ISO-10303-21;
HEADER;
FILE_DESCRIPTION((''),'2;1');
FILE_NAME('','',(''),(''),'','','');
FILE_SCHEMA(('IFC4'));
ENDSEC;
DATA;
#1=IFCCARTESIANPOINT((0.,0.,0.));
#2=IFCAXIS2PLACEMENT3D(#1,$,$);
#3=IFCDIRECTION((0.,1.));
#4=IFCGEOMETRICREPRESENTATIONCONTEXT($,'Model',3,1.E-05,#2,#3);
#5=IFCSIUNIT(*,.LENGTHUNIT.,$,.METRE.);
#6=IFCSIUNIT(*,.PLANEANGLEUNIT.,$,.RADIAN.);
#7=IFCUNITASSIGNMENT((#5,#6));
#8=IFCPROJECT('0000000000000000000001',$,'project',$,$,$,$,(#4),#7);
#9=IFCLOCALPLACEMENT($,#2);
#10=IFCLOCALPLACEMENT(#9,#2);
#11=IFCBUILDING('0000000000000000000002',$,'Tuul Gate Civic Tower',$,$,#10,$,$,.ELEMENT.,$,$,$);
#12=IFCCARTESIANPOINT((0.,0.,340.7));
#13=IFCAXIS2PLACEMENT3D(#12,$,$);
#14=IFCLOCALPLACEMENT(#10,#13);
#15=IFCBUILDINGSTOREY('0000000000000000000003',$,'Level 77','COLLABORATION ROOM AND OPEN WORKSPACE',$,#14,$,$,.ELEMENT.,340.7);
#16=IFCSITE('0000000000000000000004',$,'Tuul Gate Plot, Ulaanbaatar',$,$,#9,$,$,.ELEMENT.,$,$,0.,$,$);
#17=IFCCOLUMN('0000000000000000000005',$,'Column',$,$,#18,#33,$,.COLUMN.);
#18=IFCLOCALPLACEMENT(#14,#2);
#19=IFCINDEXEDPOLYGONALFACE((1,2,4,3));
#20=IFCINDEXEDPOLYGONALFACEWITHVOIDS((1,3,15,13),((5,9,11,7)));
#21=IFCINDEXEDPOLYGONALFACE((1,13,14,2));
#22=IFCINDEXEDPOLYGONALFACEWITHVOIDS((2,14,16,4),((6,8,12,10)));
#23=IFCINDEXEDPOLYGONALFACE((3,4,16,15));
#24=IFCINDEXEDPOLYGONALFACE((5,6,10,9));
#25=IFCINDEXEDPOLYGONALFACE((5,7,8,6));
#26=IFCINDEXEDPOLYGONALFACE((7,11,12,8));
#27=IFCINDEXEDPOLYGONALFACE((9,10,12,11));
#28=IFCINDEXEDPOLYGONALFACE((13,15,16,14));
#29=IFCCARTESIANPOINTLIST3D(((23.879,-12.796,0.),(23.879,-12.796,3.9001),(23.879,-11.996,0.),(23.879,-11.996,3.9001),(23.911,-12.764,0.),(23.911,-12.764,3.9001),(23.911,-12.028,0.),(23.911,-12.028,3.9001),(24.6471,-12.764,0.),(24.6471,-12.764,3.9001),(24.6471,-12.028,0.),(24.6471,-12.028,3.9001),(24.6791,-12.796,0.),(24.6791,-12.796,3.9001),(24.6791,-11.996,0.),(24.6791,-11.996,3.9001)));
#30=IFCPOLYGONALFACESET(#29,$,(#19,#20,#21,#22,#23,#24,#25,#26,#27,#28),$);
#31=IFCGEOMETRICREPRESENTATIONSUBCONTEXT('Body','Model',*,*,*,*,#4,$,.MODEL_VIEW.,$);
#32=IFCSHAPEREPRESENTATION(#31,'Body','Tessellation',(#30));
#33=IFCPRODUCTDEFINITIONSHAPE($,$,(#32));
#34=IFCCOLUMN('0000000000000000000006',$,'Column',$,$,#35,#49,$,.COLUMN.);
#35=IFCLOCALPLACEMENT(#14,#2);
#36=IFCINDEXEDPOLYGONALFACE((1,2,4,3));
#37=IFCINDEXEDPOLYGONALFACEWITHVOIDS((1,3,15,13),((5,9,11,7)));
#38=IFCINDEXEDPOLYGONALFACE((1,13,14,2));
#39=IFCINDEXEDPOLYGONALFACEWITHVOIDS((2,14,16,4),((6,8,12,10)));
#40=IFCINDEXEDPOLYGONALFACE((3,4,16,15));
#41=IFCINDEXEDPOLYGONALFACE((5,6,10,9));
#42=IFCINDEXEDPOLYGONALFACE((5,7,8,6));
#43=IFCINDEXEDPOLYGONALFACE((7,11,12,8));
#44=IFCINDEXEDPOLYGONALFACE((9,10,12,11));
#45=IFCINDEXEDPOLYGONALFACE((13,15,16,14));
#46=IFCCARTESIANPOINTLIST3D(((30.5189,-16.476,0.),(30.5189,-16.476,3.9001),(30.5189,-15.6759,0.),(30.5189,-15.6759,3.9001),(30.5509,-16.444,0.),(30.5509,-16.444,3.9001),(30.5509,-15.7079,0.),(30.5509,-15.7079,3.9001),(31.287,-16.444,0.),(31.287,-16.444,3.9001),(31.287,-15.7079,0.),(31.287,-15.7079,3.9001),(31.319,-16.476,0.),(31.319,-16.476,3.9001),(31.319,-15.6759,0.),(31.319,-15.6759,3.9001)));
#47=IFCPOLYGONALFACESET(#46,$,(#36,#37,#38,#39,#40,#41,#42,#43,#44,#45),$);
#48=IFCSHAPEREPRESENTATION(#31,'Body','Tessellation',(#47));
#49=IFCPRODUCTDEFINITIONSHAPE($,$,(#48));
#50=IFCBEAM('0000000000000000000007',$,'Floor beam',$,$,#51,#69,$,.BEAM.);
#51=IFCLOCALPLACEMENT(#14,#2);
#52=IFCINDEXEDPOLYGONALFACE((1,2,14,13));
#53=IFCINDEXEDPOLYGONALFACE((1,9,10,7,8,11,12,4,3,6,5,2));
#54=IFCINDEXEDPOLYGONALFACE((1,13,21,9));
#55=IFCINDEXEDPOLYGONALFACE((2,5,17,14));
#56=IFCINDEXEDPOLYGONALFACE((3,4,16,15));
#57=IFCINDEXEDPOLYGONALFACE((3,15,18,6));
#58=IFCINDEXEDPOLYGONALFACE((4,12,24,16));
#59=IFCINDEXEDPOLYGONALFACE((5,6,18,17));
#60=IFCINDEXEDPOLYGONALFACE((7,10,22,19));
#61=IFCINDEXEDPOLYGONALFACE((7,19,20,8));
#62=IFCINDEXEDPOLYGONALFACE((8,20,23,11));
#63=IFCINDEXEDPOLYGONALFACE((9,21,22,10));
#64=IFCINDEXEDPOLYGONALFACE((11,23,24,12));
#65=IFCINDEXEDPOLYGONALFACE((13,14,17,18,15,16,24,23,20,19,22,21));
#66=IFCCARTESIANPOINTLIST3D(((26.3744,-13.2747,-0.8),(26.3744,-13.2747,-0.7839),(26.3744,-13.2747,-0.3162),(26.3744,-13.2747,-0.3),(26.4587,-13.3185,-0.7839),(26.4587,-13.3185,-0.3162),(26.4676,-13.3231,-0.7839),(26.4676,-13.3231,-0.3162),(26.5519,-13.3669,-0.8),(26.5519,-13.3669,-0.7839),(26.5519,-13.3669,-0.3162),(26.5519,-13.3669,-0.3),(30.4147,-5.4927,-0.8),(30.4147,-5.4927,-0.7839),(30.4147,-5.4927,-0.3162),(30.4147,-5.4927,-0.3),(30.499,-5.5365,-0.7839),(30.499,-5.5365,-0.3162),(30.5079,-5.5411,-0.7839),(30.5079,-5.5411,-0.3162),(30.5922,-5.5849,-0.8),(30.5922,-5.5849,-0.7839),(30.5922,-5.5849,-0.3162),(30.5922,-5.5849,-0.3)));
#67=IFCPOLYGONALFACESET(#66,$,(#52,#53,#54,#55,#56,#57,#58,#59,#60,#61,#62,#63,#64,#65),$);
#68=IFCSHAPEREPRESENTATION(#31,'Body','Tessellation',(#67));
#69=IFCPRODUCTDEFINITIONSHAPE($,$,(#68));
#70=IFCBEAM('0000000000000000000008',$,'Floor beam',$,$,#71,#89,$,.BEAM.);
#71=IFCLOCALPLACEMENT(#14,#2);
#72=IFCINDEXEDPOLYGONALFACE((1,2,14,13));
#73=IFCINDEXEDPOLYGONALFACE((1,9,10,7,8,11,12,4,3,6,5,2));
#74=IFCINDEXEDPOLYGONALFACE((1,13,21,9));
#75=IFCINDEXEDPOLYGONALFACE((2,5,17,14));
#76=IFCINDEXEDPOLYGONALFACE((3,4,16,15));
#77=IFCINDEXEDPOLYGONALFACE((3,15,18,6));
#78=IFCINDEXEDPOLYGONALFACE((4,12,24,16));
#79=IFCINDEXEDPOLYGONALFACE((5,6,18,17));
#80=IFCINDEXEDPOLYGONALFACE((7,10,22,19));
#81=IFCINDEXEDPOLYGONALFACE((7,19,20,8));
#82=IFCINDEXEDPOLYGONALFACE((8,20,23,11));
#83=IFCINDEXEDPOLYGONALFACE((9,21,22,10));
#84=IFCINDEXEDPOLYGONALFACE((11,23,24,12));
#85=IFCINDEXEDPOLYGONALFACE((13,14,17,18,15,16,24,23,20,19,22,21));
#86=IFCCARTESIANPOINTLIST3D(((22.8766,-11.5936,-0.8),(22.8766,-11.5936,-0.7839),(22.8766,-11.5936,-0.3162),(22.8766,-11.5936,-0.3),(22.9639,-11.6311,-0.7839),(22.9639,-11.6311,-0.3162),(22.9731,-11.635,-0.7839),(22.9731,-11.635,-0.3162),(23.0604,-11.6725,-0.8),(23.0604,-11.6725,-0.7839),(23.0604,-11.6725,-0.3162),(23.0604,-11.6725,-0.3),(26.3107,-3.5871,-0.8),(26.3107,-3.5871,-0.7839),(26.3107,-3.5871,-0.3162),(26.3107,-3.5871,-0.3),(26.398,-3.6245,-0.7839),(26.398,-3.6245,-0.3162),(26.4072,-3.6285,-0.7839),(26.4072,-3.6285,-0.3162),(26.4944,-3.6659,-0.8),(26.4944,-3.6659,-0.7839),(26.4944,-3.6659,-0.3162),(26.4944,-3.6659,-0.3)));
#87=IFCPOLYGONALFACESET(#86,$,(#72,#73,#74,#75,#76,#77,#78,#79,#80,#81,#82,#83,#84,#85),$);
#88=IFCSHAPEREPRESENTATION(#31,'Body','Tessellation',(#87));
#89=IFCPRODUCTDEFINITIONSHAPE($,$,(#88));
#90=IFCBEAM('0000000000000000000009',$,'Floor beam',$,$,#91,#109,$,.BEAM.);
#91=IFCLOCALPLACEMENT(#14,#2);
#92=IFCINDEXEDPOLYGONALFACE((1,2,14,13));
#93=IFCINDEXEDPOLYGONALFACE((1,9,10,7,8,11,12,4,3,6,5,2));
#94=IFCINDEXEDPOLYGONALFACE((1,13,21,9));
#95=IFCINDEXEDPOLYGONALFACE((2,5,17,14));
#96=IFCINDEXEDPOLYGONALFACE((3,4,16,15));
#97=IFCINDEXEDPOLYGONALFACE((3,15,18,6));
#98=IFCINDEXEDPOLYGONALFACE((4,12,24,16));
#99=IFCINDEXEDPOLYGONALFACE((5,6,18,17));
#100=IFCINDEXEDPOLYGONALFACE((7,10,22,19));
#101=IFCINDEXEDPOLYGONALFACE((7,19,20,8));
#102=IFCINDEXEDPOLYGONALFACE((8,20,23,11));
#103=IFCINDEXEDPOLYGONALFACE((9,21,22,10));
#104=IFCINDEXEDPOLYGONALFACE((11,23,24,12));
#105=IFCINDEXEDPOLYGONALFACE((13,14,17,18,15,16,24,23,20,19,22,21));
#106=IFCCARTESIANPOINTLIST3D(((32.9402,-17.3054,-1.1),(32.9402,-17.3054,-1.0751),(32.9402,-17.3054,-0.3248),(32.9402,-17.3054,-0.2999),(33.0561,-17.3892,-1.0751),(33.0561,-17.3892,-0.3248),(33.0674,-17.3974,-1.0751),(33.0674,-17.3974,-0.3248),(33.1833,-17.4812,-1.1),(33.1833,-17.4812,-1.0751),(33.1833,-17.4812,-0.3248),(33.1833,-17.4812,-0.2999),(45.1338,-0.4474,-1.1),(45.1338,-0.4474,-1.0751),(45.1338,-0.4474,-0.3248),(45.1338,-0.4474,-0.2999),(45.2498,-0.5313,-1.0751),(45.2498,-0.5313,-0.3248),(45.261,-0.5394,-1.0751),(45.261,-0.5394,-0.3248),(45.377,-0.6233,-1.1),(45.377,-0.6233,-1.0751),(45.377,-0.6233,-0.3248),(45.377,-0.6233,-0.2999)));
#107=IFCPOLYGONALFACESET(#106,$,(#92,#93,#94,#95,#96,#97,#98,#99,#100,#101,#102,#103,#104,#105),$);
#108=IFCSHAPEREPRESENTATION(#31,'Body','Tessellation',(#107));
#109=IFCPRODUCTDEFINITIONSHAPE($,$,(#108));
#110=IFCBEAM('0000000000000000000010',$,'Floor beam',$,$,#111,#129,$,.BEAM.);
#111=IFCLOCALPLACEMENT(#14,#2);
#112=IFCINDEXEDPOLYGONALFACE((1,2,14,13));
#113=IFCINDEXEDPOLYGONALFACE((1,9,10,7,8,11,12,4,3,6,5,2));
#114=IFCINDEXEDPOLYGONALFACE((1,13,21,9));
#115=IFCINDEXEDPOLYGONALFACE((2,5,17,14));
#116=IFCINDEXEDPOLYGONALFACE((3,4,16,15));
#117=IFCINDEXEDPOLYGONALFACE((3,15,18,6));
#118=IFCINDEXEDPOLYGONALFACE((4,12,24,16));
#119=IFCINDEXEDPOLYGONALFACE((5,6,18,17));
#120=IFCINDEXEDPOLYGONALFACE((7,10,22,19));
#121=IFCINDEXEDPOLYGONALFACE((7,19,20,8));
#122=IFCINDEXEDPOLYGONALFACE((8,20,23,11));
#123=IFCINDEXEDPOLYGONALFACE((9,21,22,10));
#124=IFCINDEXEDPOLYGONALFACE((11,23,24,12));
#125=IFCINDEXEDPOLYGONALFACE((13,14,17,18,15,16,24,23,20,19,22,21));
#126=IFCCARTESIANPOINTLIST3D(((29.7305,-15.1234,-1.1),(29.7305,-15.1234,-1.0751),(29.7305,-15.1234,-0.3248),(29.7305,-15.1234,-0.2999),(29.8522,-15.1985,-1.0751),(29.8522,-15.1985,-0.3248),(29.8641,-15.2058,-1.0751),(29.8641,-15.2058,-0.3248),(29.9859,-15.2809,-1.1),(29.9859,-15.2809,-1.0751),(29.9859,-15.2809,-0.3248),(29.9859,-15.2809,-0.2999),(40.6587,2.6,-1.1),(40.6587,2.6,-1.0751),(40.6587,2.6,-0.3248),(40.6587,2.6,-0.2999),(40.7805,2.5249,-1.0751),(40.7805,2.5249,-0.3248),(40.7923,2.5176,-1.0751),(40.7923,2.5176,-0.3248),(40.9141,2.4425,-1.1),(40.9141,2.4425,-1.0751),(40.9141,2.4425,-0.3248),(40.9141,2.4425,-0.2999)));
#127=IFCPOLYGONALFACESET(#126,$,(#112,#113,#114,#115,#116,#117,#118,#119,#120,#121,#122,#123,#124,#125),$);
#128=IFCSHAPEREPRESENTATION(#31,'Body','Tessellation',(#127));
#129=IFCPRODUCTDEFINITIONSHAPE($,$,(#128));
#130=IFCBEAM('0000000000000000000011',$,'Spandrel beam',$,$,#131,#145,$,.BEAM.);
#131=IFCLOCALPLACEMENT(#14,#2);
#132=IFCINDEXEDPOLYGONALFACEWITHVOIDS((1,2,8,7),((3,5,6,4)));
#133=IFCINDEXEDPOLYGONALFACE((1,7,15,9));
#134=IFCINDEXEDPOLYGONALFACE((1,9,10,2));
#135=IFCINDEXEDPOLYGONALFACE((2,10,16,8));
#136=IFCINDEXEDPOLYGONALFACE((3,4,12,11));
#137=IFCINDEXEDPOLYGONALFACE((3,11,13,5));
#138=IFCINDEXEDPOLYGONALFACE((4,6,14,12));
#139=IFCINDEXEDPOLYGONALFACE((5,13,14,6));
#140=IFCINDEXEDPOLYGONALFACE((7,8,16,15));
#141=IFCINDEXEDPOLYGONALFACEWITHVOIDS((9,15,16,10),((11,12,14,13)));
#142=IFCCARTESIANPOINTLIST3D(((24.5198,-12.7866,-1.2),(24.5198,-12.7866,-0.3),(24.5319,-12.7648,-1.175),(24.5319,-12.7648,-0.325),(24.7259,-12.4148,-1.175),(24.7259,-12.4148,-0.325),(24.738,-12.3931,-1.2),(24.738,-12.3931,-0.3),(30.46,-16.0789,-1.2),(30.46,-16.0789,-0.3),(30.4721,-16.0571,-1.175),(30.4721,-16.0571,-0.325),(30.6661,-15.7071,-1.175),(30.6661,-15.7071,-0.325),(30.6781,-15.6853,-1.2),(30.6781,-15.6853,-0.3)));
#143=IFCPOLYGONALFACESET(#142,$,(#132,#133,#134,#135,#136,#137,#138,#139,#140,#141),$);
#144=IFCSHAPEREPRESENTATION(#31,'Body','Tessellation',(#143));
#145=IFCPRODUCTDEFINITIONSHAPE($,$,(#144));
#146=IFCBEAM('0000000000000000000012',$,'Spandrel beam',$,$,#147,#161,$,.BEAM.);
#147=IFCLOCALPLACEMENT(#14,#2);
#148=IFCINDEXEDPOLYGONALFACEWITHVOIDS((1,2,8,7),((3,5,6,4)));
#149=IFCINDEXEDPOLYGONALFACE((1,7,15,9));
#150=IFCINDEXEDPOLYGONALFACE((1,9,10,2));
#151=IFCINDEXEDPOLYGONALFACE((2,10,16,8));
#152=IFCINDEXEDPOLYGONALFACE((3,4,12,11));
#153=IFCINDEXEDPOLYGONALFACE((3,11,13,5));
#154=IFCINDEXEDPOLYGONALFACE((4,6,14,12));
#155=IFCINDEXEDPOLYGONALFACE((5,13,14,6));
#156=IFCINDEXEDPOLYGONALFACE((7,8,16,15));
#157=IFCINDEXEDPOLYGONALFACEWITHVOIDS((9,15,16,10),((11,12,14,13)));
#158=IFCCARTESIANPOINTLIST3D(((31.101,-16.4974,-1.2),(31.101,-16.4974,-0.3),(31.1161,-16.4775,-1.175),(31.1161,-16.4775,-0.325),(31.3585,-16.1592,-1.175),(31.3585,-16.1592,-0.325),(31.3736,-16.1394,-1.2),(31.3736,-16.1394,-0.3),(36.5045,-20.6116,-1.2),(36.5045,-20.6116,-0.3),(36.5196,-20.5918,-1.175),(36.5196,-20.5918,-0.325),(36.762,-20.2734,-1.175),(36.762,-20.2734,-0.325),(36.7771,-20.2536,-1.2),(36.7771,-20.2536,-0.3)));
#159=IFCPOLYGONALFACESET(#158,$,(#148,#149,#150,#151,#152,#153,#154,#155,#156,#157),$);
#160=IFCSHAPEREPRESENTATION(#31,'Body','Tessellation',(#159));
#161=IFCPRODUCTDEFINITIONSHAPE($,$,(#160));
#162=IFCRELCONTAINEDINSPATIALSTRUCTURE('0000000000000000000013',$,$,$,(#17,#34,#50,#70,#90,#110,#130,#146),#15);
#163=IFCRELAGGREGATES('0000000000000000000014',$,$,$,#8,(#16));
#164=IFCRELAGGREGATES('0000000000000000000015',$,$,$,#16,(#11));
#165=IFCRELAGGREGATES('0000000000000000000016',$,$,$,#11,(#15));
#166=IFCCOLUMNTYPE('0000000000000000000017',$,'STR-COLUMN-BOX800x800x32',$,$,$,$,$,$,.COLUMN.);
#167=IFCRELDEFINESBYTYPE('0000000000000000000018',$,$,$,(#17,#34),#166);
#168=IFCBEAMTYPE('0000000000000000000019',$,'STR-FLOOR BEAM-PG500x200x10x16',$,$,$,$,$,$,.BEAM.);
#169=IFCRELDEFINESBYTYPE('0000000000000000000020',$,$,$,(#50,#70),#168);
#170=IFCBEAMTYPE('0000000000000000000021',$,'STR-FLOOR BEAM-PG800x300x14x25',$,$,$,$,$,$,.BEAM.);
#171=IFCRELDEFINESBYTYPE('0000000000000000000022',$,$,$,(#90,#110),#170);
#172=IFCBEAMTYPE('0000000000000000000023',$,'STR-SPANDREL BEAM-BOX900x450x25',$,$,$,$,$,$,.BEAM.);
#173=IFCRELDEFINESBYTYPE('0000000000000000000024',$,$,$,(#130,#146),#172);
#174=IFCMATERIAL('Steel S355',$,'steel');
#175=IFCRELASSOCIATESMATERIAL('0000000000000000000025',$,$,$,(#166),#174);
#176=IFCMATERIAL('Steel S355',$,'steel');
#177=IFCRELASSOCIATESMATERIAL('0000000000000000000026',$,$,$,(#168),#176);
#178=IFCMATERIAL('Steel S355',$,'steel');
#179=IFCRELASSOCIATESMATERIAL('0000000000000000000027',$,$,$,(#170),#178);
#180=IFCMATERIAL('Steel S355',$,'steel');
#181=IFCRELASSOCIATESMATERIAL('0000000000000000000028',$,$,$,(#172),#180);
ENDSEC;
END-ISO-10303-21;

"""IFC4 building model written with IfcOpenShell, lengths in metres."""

from ifc_helpers import new_model, si_unit, direction, frame, origin, origin_2d, place, context, subcontext, project, spatial, hollow_rectangle, i_section, extrude, material, material_profile, profile_set, type_object, element, save


model = new_model("IFC4")

# Units and contexts
model_context = context("Model", 3, precision=1e-05, world=origin(), true_north=direction((0.0, 1.0)))
body_context = subcontext(model_context, "Body", "Model", "MODEL_VIEW")
ifc_project = project(units=[si_unit("LENGTHUNIT", "METRE"), si_unit("PLANEANGLEUNIT", "RADIAN")], contexts=[model_context])

# Site, building, storey
site_placement = place(None, origin())
site = spatial("IfcSite", under=ifc_project, at=site_placement, Name="Tuul Gate Plot, Ulaanbaatar", CompositionType="ELEMENT", RefElevation=0.0)
building_placement = place(site_placement, origin())
building = spatial("IfcBuilding", under=site, at=building_placement, Name="Tuul Gate Civic Tower", CompositionType="ELEMENT")
storey_placement = place(building_placement, frame((0.0, 0.0, 340.7)))
storey = spatial("IfcBuildingStorey", under=building, at=storey_placement, Name="Level 77", Description="COLLABORATION ROOM AND OPEN WORKSPACE", CompositionType="ELEMENT", Elevation=340.7)

# Columns
ifc_material_1 = material(Name="Steel S355", Category="steel")
ifc_material_profile_1 = material_profile(ifc_material_1, hollow_rectangle(XDim=0.8, YDim=0.8, WallThickness=0.032, at=origin_2d()), Name="BOX800x800x32")
ifc_profile_set_1 = profile_set([ifc_material_profile_1], Name="Steel S355")
column_type = type_object("IfcColumnType", Name="STR-COLUMN-BOX800x800x32", PredefinedType="COLUMN", material=ifc_profile_set_1)
for number, where, z_axis, x_axis, name in (
    (1, (24.2791, -12.396, 0.0), (0.0, 0.0, 1.0), (1.0, 0.0, 0.0), "Column"),
    (2, (30.9189, -16.0759, 0.0), (0.0, 0.0, 1.0), (1.0, 0.0, 0.0), "Column"),
):
    element("IfcColumn", number, at=place(storey_placement, frame(where, z_axis=z_axis, x_axis=x_axis)), inside=storey, type_object=column_type, Name=name, PredefinedType="COLUMN", context=body_context, shape_type="SweptSolid", body=[
        extrude(hollow_rectangle(XDim=0.8, YDim=0.8, WallThickness=0.032, at=origin_2d()), origin(), (0.0, 0.0, 1.0), 3.9001),
    ])

# Beams
ifc_material_2 = material(Name="Steel S355", Category="steel")
ifc_material_profile_2 = material_profile(ifc_material_2, i_section(OverallWidth=0.2, OverallDepth=0.5, WebThickness=0.01, FlangeThickness=0.0161, at=origin_2d()), Name="PG500x200x10x16")
ifc_profile_set_2 = profile_set([ifc_material_profile_2], Name="Steel S355")
beam_type_1 = type_object("IfcBeamType", Name="STR-FLOOR BEAM-PG500x200x10x16", PredefinedType="BEAM", material=ifc_profile_set_2)
beam_1_placement = place(storey_placement, frame((26.4631, -13.3208, -0.55), z_axis=(0.460783, 0.887513, 0.0), x_axis=(-0.887513, 0.460783, 0.0)))
element("IfcBeam", 3, at=beam_1_placement, inside=storey, type_object=beam_type_1, Name="Floor beam", PredefinedType="BEAM", context=body_context, shape_type="SweptSolid", body=[
    extrude(i_section(OverallWidth=0.2, OverallDepth=0.5, WebThickness=0.01, FlangeThickness=0.0161, at=origin_2d()), origin(), (0.0, 0.0, 1.0), 8.7683),
])
beam_2_placement = place(storey_placement, frame((22.9685, -11.6331, -0.55), z_axis=(0.39418, 0.919033, 0.0), x_axis=(-0.919033, 0.39418, 0.0)))
element("IfcBeam", 4, at=beam_2_placement, inside=storey, type_object=beam_type_1, Name="Floor beam", PredefinedType="BEAM", context=body_context, shape_type="SweptSolid", body=[
    extrude(i_section(OverallWidth=0.2, OverallDepth=0.5, WebThickness=0.01, FlangeThickness=0.0161, at=origin_2d()), origin(), (0.0, 0.0, 1.0), 8.7119),
])
ifc_material_3 = material(Name="Steel S355", Category="steel")
ifc_material_profile_3 = material_profile(ifc_material_3, i_section(OverallWidth=0.3, OverallDepth=0.8, WebThickness=0.0139, FlangeThickness=0.0249, at=origin_2d()), Name="PG800x300x14x25")
ifc_profile_set_3 = profile_set([ifc_material_profile_3], Name="Steel S355")
beam_type_2 = type_object("IfcBeamType", Name="STR-FLOOR BEAM-PG800x300x14x25", PredefinedType="BEAM", material=ifc_profile_set_3)
beam_3_placement = place(storey_placement, frame((33.0618, -17.3933, -0.7), z_axis=(0.586073, 0.810258, 0.0), x_axis=(-0.810258, 0.586073, 0.0)))
element("IfcBeam", 5, at=beam_3_placement, inside=storey, type_object=beam_type_2, Name="Floor beam", PredefinedType="BEAM", context=body_context, shape_type="SweptSolid", body=[
    extrude(i_section(OverallWidth=0.3, OverallDepth=0.8, WebThickness=0.0139, FlangeThickness=0.0249, at=origin_2d()), origin(), (0.0, 0.0, 1.0), 20.8057),
])
beam_4_placement = place(storey_placement, frame((29.8582, -15.2021, -0.7), z_axis=(0.524847, 0.851197, 0.0), x_axis=(-0.851197, 0.524847, 0.0)))
element("IfcBeam", 6, at=beam_4_placement, inside=storey, type_object=beam_type_2, Name="Floor beam", PredefinedType="BEAM", context=body_context, shape_type="SweptSolid", body=[
    extrude(i_section(OverallWidth=0.3, OverallDepth=0.8, WebThickness=0.0139, FlangeThickness=0.0249, at=origin_2d()), origin(), (0.0, 0.0, 1.0), 20.8218),
])
ifc_material_4 = material(Name="Steel S355", Category="steel")
ifc_material_profile_4 = material_profile(ifc_material_4, hollow_rectangle(XDim=0.45, YDim=0.8999, WallThickness=0.0249, at=origin_2d()), Name="BOX900x450x25")
ifc_profile_set_4 = profile_set([ifc_material_profile_4], Name="Steel S355")
beam_type_3 = type_object("IfcBeamType", Name="STR-SPANDREL BEAM-BOX900x450x25", PredefinedType="BEAM", material=ifc_profile_set_4)
for number, where, z_axis, x_axis, name in (
    (7, (24.6289, -12.5898, -0.75), (0.874649, -0.484758, 0.0), (0.484758, 0.874649, 0.0), "Spandrel beam"),
    (8, (31.2373, -16.3184, -0.75), (0.795626, -0.605788, 0.0), (0.605788, 0.795626, 0.0), "Spandrel beam"),
):
    element("IfcBeam", number, at=place(storey_placement, frame(where, z_axis=z_axis, x_axis=x_axis)), inside=storey, type_object=beam_type_3, Name=name, PredefinedType="BEAM", context=body_context, shape_type="SweptSolid", body=[
        extrude(hollow_rectangle(XDim=0.45, YDim=0.8999, WallThickness=0.0249, at=origin_2d()), origin(), (0.0, 0.0, 1.0), 6.7915),
    ])

save(model, "model.ifc")
